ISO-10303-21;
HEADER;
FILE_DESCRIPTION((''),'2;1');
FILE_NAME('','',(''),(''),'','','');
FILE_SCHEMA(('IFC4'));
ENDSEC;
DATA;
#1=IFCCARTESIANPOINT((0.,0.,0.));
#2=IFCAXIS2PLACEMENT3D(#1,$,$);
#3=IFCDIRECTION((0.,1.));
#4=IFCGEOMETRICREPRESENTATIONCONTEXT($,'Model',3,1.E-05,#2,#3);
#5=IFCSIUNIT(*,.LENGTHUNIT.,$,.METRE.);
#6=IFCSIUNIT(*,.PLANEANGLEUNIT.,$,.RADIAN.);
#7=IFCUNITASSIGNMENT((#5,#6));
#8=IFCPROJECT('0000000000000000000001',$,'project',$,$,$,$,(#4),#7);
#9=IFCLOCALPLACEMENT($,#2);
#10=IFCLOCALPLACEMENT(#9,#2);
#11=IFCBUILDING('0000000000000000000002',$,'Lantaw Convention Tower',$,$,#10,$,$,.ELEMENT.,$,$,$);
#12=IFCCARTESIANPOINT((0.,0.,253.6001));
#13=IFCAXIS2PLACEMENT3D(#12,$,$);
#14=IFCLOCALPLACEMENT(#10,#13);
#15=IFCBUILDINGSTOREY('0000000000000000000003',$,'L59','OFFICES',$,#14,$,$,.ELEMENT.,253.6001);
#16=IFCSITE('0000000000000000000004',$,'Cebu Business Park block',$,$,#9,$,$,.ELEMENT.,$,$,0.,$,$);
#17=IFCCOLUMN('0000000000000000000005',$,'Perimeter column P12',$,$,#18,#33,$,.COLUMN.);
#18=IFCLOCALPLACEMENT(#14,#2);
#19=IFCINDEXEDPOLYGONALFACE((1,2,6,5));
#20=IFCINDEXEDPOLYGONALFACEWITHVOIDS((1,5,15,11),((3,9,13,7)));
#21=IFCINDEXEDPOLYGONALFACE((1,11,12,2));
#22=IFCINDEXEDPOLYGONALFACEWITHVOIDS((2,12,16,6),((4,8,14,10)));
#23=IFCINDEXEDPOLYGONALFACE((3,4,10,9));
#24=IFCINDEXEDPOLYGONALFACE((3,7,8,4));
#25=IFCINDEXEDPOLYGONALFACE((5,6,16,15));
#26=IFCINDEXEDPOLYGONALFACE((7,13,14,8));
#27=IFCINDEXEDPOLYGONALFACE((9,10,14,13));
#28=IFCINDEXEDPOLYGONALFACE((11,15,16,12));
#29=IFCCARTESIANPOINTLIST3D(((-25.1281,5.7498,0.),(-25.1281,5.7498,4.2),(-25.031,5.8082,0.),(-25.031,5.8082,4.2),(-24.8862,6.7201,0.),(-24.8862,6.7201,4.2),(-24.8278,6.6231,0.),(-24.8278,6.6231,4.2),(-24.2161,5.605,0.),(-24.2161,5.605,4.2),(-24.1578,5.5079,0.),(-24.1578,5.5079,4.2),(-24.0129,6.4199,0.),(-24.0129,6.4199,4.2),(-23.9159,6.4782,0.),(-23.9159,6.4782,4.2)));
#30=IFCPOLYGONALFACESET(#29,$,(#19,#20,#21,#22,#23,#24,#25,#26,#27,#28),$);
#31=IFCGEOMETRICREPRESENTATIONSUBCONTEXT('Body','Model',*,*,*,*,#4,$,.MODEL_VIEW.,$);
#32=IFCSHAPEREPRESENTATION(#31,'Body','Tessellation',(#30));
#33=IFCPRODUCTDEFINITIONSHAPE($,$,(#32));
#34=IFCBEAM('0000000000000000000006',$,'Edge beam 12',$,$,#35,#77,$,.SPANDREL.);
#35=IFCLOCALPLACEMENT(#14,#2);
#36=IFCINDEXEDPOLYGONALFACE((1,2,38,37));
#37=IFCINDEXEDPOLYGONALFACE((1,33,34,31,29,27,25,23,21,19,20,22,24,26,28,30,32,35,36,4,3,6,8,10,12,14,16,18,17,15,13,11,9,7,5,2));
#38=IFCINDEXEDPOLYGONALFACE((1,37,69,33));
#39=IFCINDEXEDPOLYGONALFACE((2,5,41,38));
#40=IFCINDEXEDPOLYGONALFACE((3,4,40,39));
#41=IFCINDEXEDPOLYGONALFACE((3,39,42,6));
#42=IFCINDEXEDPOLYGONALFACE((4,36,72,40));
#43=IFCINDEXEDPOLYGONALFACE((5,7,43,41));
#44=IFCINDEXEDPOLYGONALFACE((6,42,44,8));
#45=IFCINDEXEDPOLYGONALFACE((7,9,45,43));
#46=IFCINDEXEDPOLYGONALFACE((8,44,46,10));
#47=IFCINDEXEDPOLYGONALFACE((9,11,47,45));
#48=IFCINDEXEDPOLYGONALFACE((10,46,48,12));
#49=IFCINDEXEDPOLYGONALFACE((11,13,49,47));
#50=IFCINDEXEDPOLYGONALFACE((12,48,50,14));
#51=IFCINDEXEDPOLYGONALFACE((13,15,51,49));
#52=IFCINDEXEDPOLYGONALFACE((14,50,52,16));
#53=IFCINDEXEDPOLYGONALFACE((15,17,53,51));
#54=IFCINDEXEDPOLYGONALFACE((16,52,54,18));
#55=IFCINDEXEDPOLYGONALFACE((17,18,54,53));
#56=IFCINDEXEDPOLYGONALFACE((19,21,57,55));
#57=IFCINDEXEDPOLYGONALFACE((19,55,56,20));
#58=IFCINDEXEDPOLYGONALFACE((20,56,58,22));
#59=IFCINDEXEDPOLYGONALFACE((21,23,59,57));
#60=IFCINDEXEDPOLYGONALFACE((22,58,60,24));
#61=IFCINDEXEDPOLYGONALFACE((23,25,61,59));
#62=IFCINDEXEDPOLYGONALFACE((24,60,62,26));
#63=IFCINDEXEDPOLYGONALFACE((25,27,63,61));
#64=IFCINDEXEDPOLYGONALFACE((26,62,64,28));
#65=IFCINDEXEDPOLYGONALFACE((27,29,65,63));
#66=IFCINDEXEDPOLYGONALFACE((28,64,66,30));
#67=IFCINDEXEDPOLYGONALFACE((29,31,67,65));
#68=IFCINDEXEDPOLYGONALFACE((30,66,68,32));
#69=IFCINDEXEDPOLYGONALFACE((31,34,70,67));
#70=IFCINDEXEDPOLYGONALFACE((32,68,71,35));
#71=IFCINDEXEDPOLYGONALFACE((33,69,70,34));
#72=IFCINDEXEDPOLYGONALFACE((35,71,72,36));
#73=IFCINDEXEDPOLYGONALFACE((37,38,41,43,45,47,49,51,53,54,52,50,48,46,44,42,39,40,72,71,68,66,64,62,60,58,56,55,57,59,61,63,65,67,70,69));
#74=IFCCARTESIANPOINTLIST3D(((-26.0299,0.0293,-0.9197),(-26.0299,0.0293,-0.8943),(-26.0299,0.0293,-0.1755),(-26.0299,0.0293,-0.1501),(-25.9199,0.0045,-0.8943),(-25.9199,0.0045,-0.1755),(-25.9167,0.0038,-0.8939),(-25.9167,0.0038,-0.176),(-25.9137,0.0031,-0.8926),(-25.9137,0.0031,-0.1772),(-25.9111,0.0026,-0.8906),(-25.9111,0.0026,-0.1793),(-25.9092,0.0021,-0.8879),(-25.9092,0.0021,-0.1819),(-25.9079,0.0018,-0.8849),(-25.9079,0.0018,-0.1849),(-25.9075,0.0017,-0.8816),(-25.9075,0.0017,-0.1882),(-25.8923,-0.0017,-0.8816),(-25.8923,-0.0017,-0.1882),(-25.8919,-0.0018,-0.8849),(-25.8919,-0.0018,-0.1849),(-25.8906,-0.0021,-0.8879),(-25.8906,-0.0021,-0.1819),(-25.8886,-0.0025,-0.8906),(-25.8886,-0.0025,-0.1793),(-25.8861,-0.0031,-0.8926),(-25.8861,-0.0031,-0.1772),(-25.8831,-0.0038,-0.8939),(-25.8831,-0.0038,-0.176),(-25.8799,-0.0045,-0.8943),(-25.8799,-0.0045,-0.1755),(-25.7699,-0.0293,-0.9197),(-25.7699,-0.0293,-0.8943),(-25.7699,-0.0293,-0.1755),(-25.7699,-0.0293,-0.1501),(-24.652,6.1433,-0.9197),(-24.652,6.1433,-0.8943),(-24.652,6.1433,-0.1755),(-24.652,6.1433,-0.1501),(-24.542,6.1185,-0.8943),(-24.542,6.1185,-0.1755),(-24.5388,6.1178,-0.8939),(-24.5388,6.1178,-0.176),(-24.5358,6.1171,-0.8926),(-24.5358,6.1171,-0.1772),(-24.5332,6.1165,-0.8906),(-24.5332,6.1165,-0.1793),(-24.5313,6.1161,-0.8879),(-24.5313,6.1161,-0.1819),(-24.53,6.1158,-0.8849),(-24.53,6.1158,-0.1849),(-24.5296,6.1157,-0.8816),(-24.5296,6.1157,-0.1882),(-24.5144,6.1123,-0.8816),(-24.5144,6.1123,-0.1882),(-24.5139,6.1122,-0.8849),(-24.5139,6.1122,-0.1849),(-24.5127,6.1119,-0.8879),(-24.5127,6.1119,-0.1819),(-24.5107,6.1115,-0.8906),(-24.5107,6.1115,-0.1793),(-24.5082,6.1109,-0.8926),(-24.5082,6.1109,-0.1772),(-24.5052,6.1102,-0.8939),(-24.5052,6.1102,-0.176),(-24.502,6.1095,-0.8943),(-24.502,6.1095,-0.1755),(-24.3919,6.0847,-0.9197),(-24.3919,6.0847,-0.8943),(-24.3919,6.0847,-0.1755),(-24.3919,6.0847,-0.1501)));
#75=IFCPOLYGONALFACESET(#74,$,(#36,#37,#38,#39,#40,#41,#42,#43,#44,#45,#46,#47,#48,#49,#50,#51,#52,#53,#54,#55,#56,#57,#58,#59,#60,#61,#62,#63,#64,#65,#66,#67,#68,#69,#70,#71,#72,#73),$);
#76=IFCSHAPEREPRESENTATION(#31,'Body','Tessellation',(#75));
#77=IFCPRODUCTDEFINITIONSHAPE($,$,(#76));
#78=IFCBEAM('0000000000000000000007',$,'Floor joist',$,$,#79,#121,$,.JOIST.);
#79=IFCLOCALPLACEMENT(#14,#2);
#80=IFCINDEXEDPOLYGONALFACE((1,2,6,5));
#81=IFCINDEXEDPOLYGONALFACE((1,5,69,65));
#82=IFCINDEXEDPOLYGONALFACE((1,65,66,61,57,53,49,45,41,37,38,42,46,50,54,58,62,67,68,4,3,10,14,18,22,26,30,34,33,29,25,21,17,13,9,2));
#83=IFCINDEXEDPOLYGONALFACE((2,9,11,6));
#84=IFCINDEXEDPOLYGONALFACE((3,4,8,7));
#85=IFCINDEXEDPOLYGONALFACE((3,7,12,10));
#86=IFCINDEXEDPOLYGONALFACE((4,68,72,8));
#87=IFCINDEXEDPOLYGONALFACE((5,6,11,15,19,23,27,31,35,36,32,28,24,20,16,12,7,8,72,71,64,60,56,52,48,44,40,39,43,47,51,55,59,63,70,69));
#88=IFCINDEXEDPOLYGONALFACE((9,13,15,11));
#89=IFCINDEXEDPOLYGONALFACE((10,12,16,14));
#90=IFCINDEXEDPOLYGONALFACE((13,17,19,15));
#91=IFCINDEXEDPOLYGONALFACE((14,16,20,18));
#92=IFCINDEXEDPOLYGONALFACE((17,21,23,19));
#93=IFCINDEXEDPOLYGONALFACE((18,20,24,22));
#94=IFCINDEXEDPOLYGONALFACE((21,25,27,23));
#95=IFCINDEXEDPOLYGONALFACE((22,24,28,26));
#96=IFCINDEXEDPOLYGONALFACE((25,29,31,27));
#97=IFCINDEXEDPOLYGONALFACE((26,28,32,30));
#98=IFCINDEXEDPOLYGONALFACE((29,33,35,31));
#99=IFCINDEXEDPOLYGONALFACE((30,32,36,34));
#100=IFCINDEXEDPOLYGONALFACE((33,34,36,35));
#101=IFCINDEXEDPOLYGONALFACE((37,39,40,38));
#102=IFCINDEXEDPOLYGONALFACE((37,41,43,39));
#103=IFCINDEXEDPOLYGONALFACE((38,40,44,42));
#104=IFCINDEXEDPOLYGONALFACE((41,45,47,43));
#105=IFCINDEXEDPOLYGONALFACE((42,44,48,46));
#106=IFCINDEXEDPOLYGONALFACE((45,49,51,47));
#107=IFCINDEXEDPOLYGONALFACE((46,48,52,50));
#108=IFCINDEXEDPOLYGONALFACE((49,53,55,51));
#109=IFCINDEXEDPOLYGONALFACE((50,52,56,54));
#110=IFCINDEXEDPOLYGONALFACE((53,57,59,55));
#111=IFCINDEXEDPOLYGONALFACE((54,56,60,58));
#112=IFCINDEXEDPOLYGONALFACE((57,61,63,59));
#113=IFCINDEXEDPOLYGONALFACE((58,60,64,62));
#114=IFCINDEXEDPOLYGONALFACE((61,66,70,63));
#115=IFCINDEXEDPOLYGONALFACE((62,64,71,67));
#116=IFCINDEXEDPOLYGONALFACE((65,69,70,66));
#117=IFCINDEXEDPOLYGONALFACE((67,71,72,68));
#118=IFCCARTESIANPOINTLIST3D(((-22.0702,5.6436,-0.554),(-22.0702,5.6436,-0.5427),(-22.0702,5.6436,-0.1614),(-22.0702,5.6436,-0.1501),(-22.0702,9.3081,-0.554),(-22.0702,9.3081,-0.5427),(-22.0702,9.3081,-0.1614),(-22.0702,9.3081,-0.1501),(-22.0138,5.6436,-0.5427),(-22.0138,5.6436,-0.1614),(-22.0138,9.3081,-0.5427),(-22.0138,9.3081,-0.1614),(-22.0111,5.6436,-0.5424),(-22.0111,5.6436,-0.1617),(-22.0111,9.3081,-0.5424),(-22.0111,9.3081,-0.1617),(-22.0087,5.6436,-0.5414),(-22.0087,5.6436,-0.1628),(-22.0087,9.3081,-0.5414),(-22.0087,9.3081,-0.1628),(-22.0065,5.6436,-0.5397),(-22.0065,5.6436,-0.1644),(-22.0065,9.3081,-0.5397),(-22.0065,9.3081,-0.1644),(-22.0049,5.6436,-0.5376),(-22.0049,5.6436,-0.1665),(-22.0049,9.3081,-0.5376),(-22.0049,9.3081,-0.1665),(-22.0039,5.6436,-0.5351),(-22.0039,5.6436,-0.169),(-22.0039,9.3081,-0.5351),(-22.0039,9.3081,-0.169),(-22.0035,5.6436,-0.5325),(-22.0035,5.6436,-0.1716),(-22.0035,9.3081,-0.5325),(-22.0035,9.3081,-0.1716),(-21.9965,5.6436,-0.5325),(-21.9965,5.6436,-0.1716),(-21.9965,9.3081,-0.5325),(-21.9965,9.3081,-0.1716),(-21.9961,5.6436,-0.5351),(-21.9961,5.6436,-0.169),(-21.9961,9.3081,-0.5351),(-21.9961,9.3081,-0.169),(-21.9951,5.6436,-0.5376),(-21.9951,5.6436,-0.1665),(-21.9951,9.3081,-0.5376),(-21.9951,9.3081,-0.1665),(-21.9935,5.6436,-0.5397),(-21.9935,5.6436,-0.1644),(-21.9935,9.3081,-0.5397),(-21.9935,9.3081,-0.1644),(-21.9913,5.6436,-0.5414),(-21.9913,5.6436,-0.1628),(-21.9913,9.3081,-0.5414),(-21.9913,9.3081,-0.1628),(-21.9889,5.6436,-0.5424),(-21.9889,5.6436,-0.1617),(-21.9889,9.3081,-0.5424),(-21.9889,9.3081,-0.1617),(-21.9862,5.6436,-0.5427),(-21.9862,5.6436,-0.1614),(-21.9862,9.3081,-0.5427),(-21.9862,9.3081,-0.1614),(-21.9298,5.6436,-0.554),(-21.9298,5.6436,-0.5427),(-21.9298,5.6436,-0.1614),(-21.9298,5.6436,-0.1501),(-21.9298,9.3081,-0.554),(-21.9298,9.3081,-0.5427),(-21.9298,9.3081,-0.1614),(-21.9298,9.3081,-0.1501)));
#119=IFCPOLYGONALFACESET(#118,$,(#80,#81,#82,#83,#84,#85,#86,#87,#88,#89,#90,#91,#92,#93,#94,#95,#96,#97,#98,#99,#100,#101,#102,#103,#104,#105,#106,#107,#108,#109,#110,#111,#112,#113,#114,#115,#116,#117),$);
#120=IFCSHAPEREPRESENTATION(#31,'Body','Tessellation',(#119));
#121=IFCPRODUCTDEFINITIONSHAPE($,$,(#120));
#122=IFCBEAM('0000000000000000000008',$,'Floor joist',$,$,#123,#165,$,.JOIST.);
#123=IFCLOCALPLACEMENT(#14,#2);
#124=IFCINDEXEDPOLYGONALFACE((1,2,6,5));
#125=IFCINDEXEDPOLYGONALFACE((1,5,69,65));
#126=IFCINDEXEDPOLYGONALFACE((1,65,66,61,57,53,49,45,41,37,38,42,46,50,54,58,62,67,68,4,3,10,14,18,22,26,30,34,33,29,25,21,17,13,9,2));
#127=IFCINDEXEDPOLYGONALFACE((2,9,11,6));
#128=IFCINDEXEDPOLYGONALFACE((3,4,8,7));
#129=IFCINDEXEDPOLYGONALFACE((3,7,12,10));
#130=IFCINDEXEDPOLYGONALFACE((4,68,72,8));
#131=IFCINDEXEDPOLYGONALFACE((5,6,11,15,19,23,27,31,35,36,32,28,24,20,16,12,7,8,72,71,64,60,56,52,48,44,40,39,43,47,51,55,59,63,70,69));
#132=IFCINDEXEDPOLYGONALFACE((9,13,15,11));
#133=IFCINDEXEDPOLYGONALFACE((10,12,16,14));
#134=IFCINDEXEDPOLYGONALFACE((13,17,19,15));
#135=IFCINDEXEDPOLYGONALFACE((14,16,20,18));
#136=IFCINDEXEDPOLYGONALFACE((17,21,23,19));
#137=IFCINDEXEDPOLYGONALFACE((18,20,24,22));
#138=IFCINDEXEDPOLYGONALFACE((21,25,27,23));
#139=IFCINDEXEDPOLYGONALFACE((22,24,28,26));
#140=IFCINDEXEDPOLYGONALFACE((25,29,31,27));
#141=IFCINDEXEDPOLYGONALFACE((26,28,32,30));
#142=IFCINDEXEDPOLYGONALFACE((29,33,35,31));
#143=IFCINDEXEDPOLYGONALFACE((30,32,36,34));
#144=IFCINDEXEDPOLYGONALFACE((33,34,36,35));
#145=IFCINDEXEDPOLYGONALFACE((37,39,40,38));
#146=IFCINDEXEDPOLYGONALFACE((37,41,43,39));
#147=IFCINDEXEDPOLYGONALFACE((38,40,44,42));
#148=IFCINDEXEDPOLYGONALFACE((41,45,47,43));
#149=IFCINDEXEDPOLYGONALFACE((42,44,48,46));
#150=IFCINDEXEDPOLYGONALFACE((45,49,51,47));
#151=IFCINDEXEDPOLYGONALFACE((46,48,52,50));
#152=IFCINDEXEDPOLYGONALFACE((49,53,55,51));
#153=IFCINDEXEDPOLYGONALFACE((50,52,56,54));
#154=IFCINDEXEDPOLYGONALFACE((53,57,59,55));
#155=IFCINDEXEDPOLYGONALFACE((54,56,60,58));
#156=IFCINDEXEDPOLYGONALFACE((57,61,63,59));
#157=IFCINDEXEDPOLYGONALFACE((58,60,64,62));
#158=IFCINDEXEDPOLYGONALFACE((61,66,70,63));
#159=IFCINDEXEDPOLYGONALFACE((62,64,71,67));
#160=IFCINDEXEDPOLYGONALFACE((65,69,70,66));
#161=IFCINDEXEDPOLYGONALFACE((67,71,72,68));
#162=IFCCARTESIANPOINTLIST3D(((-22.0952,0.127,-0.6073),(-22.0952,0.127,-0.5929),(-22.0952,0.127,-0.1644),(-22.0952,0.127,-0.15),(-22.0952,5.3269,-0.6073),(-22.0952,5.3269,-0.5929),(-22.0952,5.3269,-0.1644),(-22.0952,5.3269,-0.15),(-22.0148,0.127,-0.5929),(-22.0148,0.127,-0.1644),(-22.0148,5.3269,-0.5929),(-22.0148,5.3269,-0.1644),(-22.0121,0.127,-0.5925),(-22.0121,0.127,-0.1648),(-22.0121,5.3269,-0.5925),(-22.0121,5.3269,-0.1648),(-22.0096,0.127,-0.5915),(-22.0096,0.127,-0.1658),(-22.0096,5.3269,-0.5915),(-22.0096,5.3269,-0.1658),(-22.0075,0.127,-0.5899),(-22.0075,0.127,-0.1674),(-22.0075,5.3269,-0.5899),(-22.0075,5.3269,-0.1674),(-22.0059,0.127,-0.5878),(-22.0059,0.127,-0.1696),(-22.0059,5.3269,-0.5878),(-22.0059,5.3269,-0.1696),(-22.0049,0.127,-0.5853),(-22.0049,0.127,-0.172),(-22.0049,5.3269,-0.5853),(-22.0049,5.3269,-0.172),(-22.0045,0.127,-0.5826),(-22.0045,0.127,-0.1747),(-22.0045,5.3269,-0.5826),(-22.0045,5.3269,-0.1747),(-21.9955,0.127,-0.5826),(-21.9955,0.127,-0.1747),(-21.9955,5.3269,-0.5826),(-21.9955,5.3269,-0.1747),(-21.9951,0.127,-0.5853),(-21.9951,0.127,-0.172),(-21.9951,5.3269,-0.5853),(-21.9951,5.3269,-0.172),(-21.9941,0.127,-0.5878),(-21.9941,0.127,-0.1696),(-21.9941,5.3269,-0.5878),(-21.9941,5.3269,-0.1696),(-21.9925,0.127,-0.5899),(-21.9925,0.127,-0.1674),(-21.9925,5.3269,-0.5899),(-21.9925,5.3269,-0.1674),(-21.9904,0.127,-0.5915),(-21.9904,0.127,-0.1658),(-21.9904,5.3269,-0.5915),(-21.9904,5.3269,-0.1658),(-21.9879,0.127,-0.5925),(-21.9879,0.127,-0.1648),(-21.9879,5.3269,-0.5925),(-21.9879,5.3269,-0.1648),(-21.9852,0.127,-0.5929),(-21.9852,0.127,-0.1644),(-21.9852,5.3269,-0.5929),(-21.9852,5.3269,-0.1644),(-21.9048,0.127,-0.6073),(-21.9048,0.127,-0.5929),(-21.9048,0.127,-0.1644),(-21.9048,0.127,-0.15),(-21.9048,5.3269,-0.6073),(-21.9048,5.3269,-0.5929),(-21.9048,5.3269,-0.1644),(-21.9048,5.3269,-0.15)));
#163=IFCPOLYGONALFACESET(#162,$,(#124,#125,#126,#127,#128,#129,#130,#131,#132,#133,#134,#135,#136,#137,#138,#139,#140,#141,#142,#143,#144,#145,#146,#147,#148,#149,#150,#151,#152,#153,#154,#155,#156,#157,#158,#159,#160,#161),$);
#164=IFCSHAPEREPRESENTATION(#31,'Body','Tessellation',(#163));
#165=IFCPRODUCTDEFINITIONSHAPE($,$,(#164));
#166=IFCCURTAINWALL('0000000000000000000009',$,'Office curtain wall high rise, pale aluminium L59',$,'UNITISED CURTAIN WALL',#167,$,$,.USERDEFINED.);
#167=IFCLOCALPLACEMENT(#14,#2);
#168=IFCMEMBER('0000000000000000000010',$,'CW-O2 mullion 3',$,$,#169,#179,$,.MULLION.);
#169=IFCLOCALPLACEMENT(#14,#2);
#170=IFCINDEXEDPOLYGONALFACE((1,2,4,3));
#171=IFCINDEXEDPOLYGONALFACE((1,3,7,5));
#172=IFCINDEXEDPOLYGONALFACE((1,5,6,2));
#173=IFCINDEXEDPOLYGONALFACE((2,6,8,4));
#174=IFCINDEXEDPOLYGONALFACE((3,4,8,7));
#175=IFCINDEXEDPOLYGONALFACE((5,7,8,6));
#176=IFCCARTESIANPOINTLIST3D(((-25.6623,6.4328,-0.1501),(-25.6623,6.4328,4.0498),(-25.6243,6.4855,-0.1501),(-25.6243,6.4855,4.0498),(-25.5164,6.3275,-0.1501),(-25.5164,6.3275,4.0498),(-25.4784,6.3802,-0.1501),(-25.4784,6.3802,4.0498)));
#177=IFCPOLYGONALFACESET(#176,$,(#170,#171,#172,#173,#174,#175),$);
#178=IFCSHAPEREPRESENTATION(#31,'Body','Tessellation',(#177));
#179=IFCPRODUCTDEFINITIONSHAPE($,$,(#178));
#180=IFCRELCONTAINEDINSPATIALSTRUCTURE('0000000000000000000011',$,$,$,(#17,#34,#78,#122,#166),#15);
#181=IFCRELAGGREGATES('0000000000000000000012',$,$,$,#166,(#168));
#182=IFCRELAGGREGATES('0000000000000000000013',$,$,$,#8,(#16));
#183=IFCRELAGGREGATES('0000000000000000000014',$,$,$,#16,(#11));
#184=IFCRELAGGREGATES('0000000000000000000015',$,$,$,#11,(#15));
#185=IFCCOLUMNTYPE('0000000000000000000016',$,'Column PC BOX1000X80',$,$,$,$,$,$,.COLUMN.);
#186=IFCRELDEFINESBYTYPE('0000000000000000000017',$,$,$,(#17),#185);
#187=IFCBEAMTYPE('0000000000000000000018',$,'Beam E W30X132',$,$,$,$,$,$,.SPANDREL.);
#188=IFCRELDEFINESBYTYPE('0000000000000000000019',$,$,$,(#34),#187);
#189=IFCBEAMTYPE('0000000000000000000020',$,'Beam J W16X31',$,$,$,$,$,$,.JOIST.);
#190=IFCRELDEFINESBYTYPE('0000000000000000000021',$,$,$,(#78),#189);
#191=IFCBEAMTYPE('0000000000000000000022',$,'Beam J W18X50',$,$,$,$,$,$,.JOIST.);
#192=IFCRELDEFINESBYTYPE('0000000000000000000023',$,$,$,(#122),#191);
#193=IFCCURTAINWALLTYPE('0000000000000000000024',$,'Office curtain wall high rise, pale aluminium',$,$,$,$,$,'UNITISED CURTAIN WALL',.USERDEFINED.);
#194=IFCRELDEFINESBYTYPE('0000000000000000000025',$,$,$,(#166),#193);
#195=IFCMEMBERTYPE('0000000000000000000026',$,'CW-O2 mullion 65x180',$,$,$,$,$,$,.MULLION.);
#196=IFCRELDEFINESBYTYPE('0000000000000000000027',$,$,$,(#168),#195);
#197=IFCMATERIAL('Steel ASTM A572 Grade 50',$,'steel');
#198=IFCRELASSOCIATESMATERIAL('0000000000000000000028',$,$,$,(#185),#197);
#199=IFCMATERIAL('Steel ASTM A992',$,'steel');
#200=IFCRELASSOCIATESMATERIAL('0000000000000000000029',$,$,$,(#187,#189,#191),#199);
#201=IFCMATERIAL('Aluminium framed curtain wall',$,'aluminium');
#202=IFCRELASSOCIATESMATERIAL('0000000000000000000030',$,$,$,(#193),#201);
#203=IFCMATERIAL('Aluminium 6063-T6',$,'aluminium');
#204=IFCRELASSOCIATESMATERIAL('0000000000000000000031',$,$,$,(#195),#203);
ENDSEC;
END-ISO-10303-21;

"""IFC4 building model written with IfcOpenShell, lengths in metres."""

from ifc_helpers import new_model, si_unit, direction, frame, origin, origin_2d, place, context, subcontext, project, spatial, rectangle, hollow_rectangle, i_section, extrude, material, material_profile, profile_set, type_object, element, aggregate, save


model = new_model("IFC4")

# Units and contexts
model_context = context("Model", 3, precision=1e-05, world=origin(), true_north=direction((0.0, 1.0)))
body_context = subcontext(model_context, "Body", "Model", "MODEL_VIEW")
ifc_project = project(units=[si_unit("LENGTHUNIT", "METRE"), si_unit("PLANEANGLEUNIT", "RADIAN")], contexts=[model_context])

# Site, building, storey
site_placement = place(None, origin())
site = spatial("IfcSite", under=ifc_project, at=site_placement, Name="Cebu Business Park block", CompositionType="ELEMENT", RefElevation=0.0)
building_placement = place(site_placement, origin())
building = spatial("IfcBuilding", under=site, at=building_placement, Name="Lantaw Convention Tower", CompositionType="ELEMENT")
storey_placement = place(building_placement, frame((0.0, 0.0, 253.6001)))
storey = spatial("IfcBuildingStorey", under=building, at=storey_placement, Name="L59", Description="OFFICES", CompositionType="ELEMENT", Elevation=253.6001)

# Column
ifc_material_1 = material(Name="Steel ASTM A572 Grade 50", Category="steel")
ifc_material_profile_1 = material_profile(ifc_material_1, hollow_rectangle(XDim=1.0, YDim=1.0, WallThickness=0.0801, at=origin_2d()), Name="BOX1000X80")
ifc_material_2 = material(Name="Concrete C60/75", Category="concrete")
ifc_material_profile_2 = material_profile(ifc_material_2, rectangle(XDim=0.8401, YDim=0.8401, at=origin_2d()), Name="Concrete fill of BOX1000X80")
ifc_profile_set_1 = profile_set([ifc_material_profile_1, ifc_material_profile_2], Name="Steel ASTM A572 Grade 50")
column_type = type_object("IfcColumnType", Name="Column PC BOX1000X80", PredefinedType="COLUMN", material=ifc_profile_set_1)
column_placement = place(storey_placement, frame((-24.522, 6.114, 0.0), z_axis=(0.0, 0.0, 1.0), x_axis=(0.241922, 0.970296, 0.0)))
element("IfcColumn", 1, at=column_placement, inside=storey, type_object=column_type, Name="Perimeter column P12", PredefinedType="COLUMN", context=body_context, shape_type="SweptSolid", body=[
    extrude(hollow_rectangle(XDim=1.0, YDim=1.0, WallThickness=0.0801, at=origin_2d()), origin(), (0.0, 0.0, 1.0), 4.2),
])

# Beams
ifc_material_3 = material(Name="Steel ASTM A992", Category="steel")
ifc_material_profile_3 = material_profile(ifc_material_3, i_section(OverallWidth=0.2666, OverallDepth=0.7695, WebThickness=0.0156, FlangeThickness=0.0254, FilletRadius=0.0127, at=origin_2d()), Name="W30X132")
ifc_profile_set_2 = profile_set([ifc_material_profile_3], Name="Steel ASTM A992")
beam_type_1 = type_object("IfcBeamType", Name="Beam E W30X132", PredefinedType="SPANDREL", material=ifc_profile_set_2)
beam_1_placement = place(storey_placement, frame((-24.522, 6.114, -0.5349), z_axis=(-0.219858, -0.975532, 0.0), x_axis=(0.975532, -0.219858, 0.0)))
element("IfcBeam", 2, at=beam_1_placement, inside=storey, type_object=beam_type_1, Name="Edge beam 12", PredefinedType="SPANDREL", context=body_context, shape_type="SweptSolid", body=[
    extrude(i_section(OverallWidth=0.2666, OverallDepth=0.7695, WebThickness=0.0156, FlangeThickness=0.0254, FilletRadius=0.0127, at=origin_2d()), origin(), (0.0, 0.0, 1.0), 6.2673),
])
ifc_material_profile_4 = material_profile(ifc_material_3, i_section(OverallWidth=0.1404, OverallDepth=0.4038, WebThickness=0.0071, FlangeThickness=0.0112, FilletRadius=0.0103, at=origin_2d()), Name="W16X31")
ifc_profile_set_3 = profile_set([ifc_material_profile_4], Name="Steel ASTM A992")
beam_type_2 = type_object("IfcBeamType", Name="Beam J W16X31", PredefinedType="JOIST", material=ifc_profile_set_3)
beam_2_placement = place(storey_placement, frame((-22.0, 5.6436, -0.3521), z_axis=(0.0, 1.0, 0.0), x_axis=(-1.0, 0.0, 0.0)))
element("IfcBeam", 3, at=beam_2_placement, inside=storey, type_object=beam_type_2, Name="Floor joist", PredefinedType="JOIST", context=body_context, shape_type="SweptSolid", body=[
    extrude(i_section(OverallWidth=0.1404, OverallDepth=0.4038, WebThickness=0.0071, FlangeThickness=0.0112, FilletRadius=0.0103, at=origin_2d()), origin(), (0.0, 0.0, 1.0), 3.6646),
])
ifc_material_profile_5 = material_profile(ifc_material_3, i_section(OverallWidth=0.1904, OverallDepth=0.4573, WebThickness=0.009, FlangeThickness=0.0144, FilletRadius=0.0103, at=origin_2d()), Name="W18X50")
ifc_profile_set_4 = profile_set([ifc_material_profile_5], Name="Steel ASTM A992")
beam_type_3 = type_object("IfcBeamType", Name="Beam J W18X50", PredefinedType="JOIST", material=ifc_profile_set_4)
beam_3_placement = place(storey_placement, frame((-22.0, 0.127, -0.3787), z_axis=(0.0, 1.0, 0.0), x_axis=(-1.0, 0.0, 0.0)))
element("IfcBeam", 4, at=beam_3_placement, inside=storey, type_object=beam_type_3, Name="Floor joist", PredefinedType="JOIST", context=body_context, shape_type="SweptSolid", body=[
    extrude(i_section(OverallWidth=0.1904, OverallDepth=0.4573, WebThickness=0.009, FlangeThickness=0.0144, FilletRadius=0.0103, at=origin_2d()), origin(), (0.0, 0.0, 1.0), 5.2),
])

# Curtain wall, member
ifc_material_4 = material(Name="Aluminium framed curtain wall", Category="aluminium")
curtain_wall_type = type_object("IfcCurtainWallType", Name="Office curtain wall high rise, pale aluminium", ElementType="UNITISED CURTAIN WALL", PredefinedType="USERDEFINED", material=ifc_material_4)
curtain_wall_1_placement = place(storey_placement, origin())
curtain_wall_1 = element("IfcCurtainWall", 5, at=curtain_wall_1_placement, inside=storey, type_object=curtain_wall_type, Name="Office curtain wall high rise, pale aluminium L59", ObjectType="UNITISED CURTAIN WALL", PredefinedType="USERDEFINED")
ifc_material_5 = material(Name="Aluminium 6063-T6", Category="aluminium")
ifc_material_profile_6 = material_profile(ifc_material_5, rectangle(XDim=0.1799, YDim=0.0649, at=origin_2d()), Name="CW-O2 mullion 65x180")
ifc_profile_set_5 = profile_set([ifc_material_profile_6], Name="Aluminium 6063-T6")
member_type_1 = type_object("IfcMemberType", Name="CW-O2 mullion 65x180", PredefinedType="MULLION", material=ifc_profile_set_5)
member_1_placement = place(storey_placement, frame((-25.5703, 6.4065, -0.1501), z_axis=(0.0, 0.0, 1.0), x_axis=(0.81092, -0.585158, 0.0)))
member_1 = element("IfcMember", 6, at=member_1_placement, type_object=member_type_1, Name="CW-O2 mullion 3", PredefinedType="MULLION", context=body_context, shape_type="SweptSolid", body=[
    extrude(rectangle(XDim=0.1799, YDim=0.0649, at=origin_2d()), origin(), (0.0, 0.0, 1.0), 4.2),
])
aggregate(curtain_wall_1, [member_1])

save(model, "model.ifc")
